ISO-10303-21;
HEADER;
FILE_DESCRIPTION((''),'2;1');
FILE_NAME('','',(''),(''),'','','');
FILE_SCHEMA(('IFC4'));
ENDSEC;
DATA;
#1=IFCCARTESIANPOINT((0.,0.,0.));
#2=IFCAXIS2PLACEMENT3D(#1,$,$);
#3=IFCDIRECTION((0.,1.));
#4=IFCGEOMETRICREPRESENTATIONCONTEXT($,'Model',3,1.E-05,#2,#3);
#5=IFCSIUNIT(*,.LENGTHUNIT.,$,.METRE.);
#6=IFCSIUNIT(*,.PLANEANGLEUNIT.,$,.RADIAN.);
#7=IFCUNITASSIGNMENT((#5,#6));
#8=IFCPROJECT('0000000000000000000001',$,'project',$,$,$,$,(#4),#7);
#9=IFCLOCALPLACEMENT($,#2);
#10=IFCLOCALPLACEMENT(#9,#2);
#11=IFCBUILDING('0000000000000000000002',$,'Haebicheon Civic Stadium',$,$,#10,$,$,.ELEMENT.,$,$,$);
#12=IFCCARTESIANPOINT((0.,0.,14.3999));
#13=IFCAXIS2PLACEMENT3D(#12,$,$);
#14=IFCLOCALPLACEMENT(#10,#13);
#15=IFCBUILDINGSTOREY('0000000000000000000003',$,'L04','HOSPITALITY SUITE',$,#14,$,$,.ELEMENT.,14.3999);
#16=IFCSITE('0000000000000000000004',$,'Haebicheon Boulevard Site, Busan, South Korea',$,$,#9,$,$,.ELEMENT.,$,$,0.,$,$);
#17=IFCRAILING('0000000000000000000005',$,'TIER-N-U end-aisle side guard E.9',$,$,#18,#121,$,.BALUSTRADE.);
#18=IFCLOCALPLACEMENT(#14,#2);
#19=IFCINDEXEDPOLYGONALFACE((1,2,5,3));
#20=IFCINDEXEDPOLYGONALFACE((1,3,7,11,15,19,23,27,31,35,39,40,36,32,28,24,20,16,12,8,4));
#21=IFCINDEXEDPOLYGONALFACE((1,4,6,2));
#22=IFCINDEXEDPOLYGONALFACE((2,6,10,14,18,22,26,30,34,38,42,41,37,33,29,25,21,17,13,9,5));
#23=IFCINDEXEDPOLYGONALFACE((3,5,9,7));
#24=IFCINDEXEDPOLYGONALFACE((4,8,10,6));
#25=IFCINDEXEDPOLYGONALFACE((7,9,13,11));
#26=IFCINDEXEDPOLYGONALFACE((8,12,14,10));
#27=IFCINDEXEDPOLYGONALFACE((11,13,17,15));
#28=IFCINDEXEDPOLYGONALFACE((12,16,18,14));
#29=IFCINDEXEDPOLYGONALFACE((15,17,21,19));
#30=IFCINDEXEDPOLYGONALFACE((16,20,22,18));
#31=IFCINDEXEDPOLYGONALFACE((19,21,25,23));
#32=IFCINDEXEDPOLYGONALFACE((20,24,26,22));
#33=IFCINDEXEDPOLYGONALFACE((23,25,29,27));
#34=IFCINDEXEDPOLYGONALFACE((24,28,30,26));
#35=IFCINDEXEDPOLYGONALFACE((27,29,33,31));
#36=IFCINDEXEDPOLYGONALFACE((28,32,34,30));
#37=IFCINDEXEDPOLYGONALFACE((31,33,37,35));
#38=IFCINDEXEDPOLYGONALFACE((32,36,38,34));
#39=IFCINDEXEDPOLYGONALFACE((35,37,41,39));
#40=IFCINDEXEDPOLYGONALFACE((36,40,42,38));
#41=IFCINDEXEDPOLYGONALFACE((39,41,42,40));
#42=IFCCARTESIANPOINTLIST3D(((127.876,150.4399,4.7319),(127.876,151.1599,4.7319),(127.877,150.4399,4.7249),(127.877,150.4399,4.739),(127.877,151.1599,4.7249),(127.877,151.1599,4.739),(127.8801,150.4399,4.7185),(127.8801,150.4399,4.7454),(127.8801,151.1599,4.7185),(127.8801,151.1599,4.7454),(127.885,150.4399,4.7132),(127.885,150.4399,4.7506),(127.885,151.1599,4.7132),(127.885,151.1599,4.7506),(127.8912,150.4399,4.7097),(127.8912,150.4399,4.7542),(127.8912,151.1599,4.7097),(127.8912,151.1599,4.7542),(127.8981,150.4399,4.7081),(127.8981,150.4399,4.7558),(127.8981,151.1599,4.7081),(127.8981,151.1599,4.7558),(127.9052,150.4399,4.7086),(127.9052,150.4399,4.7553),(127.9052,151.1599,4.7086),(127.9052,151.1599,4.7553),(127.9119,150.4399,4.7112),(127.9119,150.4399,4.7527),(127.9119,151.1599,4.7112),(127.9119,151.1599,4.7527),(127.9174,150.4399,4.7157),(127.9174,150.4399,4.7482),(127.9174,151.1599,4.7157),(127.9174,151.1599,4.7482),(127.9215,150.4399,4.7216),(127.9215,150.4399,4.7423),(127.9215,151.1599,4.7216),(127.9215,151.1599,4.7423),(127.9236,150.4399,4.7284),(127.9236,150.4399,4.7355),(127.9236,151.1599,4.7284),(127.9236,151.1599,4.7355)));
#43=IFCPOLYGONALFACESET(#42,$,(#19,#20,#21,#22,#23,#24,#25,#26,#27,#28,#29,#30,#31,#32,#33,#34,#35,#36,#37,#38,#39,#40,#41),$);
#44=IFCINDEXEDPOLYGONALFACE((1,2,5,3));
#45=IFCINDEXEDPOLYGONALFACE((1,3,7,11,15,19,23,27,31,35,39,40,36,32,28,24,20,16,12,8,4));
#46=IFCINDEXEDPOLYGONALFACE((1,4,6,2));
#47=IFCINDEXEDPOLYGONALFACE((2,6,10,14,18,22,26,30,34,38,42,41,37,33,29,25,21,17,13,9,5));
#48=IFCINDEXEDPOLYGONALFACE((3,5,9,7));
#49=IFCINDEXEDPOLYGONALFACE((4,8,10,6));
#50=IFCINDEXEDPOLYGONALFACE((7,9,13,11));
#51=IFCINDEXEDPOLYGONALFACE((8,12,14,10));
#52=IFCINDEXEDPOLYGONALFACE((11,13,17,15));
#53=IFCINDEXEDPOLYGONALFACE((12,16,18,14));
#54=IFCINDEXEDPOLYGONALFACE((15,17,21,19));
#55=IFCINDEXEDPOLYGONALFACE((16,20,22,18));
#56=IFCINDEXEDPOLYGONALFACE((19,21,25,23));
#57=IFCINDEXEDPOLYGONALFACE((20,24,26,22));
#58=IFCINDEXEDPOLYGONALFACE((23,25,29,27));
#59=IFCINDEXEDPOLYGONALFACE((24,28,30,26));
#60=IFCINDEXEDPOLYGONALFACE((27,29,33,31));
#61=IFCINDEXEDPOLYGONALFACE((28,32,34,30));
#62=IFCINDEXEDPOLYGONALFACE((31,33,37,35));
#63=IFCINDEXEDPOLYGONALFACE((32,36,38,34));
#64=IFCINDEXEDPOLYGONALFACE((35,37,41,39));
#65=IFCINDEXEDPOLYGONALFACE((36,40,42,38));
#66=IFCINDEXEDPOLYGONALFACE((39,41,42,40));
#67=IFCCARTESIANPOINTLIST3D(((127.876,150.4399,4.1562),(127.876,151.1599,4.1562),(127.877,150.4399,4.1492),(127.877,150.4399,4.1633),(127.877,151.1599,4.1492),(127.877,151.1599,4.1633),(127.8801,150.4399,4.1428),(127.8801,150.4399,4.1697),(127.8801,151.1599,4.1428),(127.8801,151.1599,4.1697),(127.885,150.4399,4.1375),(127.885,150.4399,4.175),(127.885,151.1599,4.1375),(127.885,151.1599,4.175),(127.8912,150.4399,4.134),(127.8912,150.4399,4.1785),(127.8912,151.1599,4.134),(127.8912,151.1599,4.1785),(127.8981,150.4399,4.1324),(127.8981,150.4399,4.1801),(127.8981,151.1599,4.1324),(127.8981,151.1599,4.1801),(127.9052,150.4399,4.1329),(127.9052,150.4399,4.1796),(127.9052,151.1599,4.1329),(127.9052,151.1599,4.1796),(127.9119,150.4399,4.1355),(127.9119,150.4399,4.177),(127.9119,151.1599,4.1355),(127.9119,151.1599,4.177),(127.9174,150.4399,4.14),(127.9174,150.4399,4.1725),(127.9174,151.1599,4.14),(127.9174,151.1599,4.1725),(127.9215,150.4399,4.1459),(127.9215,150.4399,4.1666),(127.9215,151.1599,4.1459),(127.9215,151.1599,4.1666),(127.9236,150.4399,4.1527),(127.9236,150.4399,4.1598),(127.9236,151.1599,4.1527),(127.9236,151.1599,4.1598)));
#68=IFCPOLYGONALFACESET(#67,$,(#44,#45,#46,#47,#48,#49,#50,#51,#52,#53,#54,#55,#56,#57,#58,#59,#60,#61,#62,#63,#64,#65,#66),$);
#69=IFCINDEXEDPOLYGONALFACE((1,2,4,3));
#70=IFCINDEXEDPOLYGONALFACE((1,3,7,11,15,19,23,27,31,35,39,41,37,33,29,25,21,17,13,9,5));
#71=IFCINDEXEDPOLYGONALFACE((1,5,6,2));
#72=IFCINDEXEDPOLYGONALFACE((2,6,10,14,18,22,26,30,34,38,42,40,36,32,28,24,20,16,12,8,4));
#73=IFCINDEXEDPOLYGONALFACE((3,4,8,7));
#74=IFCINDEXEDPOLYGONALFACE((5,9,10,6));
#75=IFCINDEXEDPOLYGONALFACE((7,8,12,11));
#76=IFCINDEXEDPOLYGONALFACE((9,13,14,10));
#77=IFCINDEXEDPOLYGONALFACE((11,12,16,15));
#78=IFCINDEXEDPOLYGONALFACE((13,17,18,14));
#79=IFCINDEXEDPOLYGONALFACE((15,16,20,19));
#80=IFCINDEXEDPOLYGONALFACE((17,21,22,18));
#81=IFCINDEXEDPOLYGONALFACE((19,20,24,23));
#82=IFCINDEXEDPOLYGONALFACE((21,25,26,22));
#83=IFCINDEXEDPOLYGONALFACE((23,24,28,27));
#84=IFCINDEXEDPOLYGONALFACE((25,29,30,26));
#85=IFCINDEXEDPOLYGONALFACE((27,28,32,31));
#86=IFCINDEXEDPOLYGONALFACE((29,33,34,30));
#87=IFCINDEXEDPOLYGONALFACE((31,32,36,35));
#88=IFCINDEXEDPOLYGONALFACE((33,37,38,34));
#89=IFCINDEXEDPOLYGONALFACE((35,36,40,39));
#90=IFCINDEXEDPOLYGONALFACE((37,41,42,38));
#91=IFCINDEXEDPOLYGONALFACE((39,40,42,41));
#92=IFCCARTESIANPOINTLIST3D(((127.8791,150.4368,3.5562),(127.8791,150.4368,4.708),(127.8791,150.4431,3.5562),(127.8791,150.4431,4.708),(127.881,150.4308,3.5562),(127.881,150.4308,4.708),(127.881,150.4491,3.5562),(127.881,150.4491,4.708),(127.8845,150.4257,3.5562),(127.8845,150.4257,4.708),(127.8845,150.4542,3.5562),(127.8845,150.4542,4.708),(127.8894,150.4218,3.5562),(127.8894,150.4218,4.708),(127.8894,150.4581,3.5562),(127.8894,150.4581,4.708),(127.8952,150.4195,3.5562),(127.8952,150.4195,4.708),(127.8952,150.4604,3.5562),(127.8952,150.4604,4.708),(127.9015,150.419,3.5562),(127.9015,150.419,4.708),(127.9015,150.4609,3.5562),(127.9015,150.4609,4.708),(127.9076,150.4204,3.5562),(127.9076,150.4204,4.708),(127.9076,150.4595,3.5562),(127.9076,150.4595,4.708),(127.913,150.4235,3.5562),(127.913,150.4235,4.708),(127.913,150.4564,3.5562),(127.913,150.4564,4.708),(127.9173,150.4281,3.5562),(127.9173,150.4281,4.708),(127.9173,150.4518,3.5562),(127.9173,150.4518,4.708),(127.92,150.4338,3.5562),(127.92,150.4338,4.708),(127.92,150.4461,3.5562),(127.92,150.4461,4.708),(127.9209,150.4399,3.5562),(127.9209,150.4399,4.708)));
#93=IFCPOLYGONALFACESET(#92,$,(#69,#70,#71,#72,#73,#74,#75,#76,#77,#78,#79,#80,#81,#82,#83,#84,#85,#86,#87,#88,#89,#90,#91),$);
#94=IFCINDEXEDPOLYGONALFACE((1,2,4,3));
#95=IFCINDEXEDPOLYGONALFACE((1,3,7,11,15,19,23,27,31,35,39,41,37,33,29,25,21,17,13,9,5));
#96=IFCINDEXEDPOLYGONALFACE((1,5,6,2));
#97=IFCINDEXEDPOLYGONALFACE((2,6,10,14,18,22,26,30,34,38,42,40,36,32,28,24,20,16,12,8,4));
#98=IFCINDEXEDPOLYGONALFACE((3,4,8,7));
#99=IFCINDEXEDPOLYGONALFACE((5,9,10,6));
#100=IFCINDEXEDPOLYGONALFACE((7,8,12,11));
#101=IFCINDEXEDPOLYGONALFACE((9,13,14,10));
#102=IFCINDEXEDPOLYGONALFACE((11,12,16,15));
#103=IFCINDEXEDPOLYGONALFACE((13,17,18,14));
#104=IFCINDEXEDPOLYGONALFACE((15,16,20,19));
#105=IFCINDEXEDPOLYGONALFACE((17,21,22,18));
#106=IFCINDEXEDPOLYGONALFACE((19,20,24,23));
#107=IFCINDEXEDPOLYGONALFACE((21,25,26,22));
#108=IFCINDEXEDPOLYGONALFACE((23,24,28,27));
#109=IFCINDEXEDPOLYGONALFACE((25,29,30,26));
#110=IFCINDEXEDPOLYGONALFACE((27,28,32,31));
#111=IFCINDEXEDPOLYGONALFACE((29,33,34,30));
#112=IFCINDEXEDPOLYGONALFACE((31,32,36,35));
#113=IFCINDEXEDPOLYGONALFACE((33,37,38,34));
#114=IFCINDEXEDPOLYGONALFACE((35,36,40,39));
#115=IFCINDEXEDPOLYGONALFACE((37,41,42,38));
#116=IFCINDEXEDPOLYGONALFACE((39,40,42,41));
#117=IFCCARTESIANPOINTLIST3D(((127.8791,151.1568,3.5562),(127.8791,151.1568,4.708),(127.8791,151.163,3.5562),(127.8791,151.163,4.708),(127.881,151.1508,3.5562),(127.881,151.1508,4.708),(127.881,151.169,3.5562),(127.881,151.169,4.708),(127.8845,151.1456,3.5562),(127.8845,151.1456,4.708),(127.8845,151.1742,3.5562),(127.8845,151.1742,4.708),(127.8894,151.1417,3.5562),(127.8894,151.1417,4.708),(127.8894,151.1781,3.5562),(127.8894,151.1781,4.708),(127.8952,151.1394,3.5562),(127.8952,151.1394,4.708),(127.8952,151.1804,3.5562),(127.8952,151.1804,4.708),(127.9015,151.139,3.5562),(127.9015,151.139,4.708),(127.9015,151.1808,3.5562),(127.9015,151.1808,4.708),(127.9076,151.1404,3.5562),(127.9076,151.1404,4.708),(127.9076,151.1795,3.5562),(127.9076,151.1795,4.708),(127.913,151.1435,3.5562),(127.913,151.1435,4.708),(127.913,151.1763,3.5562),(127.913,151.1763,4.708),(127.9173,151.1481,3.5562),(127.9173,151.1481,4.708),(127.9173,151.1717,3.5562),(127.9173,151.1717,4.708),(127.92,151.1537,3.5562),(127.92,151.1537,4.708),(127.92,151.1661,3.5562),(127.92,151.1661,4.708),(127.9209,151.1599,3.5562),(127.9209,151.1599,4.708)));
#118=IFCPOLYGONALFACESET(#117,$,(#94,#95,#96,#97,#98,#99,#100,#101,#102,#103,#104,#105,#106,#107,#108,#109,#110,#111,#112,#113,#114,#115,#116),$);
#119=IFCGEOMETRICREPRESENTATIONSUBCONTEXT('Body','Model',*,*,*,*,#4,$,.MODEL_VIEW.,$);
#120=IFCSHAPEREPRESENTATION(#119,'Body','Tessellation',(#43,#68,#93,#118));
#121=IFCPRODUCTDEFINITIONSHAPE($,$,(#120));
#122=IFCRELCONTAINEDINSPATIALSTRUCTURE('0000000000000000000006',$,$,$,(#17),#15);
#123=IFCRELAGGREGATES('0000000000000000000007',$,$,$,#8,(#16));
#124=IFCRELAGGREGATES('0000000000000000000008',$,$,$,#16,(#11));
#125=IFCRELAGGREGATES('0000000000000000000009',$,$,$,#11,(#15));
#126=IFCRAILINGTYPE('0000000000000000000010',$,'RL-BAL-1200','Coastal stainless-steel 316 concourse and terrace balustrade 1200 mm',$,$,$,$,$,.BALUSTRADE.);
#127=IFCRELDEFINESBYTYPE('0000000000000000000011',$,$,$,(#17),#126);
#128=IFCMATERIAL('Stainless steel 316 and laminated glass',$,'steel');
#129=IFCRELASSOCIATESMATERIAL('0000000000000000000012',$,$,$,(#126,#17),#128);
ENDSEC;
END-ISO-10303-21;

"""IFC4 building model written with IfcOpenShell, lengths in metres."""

from ifc_helpers import new_model, si_unit, direction, frame, origin, origin_2d, place, context, subcontext, project, spatial, circle, extrude, material, type_object, element, save


model = new_model("IFC4")

# Units and contexts
model_context = context("Model", 3, precision=1e-05, world=origin(), true_north=direction((0.0, 1.0)))
body_context = subcontext(model_context, "Body", "Model", "MODEL_VIEW")
ifc_project = project(units=[si_unit("LENGTHUNIT", "METRE"), si_unit("PLANEANGLEUNIT", "RADIAN")], contexts=[model_context])

# Site, building, storey
site_placement = place(None, origin())
site = spatial("IfcSite", under=ifc_project, at=site_placement, Name="Haebicheon Boulevard Site, Busan, South Korea", CompositionType="ELEMENT", RefElevation=0.0)
building_placement = place(site_placement, origin())
building = spatial("IfcBuilding", under=site, at=building_placement, Name="Haebicheon Civic Stadium", CompositionType="ELEMENT")
storey_placement = place(building_placement, frame((0.0, 0.0, 14.3999)))
storey = spatial("IfcBuildingStorey", under=building, at=storey_placement, Name="L04", Description="HOSPITALITY SUITE", CompositionType="ELEMENT", Elevation=14.3999)

# Railing
ifc_material_1 = material(Name="Stainless steel 316 and laminated glass", Category="steel")
railing_type = type_object("IfcRailingType", Name="RL-BAL-1200", Description="Coastal stainless-steel 316 concourse and terrace balustrade 1200 mm", PredefinedType="BALUSTRADE", material=ifc_material_1)
railing_1_placement = place(storey_placement, frame((127.8999, 150.4399, 3.5562)))
element("IfcRailing", 1, at=railing_1_placement, inside=storey, type_object=railing_type, material=ifc_material_1, Name="TIER-N-U end-aisle side guard E.9", PredefinedType="BALUSTRADE", context=body_context, shape_type="SweptSolid", body=[
    extrude(circle(Radius=0.0239, at=origin_2d()), frame((0.0, 0.0, 1.1758), z_axis=(0.0, 1.0, 0.0), x_axis=(-1.0, 0.0, 0.0)), (0.0, 0.0, 1.0), 0.72),
    extrude(circle(Radius=0.0239, at=origin_2d()), frame((0.0, 0.0, 0.6001), z_axis=(0.0, 1.0, 0.0), x_axis=(-1.0, 0.0, 0.0)), (0.0, 0.0, 1.0), 0.72),
    extrude(circle(Radius=0.021, at=origin_2d()), origin(), (0.0, 0.0, 1.0), 1.1519),
    extrude(circle(Radius=0.021, at=origin_2d()), frame((0.0, 0.72, 0.0)), (0.0, 0.0, 1.0), 1.1519),
])

save(model, "model.ifc")
